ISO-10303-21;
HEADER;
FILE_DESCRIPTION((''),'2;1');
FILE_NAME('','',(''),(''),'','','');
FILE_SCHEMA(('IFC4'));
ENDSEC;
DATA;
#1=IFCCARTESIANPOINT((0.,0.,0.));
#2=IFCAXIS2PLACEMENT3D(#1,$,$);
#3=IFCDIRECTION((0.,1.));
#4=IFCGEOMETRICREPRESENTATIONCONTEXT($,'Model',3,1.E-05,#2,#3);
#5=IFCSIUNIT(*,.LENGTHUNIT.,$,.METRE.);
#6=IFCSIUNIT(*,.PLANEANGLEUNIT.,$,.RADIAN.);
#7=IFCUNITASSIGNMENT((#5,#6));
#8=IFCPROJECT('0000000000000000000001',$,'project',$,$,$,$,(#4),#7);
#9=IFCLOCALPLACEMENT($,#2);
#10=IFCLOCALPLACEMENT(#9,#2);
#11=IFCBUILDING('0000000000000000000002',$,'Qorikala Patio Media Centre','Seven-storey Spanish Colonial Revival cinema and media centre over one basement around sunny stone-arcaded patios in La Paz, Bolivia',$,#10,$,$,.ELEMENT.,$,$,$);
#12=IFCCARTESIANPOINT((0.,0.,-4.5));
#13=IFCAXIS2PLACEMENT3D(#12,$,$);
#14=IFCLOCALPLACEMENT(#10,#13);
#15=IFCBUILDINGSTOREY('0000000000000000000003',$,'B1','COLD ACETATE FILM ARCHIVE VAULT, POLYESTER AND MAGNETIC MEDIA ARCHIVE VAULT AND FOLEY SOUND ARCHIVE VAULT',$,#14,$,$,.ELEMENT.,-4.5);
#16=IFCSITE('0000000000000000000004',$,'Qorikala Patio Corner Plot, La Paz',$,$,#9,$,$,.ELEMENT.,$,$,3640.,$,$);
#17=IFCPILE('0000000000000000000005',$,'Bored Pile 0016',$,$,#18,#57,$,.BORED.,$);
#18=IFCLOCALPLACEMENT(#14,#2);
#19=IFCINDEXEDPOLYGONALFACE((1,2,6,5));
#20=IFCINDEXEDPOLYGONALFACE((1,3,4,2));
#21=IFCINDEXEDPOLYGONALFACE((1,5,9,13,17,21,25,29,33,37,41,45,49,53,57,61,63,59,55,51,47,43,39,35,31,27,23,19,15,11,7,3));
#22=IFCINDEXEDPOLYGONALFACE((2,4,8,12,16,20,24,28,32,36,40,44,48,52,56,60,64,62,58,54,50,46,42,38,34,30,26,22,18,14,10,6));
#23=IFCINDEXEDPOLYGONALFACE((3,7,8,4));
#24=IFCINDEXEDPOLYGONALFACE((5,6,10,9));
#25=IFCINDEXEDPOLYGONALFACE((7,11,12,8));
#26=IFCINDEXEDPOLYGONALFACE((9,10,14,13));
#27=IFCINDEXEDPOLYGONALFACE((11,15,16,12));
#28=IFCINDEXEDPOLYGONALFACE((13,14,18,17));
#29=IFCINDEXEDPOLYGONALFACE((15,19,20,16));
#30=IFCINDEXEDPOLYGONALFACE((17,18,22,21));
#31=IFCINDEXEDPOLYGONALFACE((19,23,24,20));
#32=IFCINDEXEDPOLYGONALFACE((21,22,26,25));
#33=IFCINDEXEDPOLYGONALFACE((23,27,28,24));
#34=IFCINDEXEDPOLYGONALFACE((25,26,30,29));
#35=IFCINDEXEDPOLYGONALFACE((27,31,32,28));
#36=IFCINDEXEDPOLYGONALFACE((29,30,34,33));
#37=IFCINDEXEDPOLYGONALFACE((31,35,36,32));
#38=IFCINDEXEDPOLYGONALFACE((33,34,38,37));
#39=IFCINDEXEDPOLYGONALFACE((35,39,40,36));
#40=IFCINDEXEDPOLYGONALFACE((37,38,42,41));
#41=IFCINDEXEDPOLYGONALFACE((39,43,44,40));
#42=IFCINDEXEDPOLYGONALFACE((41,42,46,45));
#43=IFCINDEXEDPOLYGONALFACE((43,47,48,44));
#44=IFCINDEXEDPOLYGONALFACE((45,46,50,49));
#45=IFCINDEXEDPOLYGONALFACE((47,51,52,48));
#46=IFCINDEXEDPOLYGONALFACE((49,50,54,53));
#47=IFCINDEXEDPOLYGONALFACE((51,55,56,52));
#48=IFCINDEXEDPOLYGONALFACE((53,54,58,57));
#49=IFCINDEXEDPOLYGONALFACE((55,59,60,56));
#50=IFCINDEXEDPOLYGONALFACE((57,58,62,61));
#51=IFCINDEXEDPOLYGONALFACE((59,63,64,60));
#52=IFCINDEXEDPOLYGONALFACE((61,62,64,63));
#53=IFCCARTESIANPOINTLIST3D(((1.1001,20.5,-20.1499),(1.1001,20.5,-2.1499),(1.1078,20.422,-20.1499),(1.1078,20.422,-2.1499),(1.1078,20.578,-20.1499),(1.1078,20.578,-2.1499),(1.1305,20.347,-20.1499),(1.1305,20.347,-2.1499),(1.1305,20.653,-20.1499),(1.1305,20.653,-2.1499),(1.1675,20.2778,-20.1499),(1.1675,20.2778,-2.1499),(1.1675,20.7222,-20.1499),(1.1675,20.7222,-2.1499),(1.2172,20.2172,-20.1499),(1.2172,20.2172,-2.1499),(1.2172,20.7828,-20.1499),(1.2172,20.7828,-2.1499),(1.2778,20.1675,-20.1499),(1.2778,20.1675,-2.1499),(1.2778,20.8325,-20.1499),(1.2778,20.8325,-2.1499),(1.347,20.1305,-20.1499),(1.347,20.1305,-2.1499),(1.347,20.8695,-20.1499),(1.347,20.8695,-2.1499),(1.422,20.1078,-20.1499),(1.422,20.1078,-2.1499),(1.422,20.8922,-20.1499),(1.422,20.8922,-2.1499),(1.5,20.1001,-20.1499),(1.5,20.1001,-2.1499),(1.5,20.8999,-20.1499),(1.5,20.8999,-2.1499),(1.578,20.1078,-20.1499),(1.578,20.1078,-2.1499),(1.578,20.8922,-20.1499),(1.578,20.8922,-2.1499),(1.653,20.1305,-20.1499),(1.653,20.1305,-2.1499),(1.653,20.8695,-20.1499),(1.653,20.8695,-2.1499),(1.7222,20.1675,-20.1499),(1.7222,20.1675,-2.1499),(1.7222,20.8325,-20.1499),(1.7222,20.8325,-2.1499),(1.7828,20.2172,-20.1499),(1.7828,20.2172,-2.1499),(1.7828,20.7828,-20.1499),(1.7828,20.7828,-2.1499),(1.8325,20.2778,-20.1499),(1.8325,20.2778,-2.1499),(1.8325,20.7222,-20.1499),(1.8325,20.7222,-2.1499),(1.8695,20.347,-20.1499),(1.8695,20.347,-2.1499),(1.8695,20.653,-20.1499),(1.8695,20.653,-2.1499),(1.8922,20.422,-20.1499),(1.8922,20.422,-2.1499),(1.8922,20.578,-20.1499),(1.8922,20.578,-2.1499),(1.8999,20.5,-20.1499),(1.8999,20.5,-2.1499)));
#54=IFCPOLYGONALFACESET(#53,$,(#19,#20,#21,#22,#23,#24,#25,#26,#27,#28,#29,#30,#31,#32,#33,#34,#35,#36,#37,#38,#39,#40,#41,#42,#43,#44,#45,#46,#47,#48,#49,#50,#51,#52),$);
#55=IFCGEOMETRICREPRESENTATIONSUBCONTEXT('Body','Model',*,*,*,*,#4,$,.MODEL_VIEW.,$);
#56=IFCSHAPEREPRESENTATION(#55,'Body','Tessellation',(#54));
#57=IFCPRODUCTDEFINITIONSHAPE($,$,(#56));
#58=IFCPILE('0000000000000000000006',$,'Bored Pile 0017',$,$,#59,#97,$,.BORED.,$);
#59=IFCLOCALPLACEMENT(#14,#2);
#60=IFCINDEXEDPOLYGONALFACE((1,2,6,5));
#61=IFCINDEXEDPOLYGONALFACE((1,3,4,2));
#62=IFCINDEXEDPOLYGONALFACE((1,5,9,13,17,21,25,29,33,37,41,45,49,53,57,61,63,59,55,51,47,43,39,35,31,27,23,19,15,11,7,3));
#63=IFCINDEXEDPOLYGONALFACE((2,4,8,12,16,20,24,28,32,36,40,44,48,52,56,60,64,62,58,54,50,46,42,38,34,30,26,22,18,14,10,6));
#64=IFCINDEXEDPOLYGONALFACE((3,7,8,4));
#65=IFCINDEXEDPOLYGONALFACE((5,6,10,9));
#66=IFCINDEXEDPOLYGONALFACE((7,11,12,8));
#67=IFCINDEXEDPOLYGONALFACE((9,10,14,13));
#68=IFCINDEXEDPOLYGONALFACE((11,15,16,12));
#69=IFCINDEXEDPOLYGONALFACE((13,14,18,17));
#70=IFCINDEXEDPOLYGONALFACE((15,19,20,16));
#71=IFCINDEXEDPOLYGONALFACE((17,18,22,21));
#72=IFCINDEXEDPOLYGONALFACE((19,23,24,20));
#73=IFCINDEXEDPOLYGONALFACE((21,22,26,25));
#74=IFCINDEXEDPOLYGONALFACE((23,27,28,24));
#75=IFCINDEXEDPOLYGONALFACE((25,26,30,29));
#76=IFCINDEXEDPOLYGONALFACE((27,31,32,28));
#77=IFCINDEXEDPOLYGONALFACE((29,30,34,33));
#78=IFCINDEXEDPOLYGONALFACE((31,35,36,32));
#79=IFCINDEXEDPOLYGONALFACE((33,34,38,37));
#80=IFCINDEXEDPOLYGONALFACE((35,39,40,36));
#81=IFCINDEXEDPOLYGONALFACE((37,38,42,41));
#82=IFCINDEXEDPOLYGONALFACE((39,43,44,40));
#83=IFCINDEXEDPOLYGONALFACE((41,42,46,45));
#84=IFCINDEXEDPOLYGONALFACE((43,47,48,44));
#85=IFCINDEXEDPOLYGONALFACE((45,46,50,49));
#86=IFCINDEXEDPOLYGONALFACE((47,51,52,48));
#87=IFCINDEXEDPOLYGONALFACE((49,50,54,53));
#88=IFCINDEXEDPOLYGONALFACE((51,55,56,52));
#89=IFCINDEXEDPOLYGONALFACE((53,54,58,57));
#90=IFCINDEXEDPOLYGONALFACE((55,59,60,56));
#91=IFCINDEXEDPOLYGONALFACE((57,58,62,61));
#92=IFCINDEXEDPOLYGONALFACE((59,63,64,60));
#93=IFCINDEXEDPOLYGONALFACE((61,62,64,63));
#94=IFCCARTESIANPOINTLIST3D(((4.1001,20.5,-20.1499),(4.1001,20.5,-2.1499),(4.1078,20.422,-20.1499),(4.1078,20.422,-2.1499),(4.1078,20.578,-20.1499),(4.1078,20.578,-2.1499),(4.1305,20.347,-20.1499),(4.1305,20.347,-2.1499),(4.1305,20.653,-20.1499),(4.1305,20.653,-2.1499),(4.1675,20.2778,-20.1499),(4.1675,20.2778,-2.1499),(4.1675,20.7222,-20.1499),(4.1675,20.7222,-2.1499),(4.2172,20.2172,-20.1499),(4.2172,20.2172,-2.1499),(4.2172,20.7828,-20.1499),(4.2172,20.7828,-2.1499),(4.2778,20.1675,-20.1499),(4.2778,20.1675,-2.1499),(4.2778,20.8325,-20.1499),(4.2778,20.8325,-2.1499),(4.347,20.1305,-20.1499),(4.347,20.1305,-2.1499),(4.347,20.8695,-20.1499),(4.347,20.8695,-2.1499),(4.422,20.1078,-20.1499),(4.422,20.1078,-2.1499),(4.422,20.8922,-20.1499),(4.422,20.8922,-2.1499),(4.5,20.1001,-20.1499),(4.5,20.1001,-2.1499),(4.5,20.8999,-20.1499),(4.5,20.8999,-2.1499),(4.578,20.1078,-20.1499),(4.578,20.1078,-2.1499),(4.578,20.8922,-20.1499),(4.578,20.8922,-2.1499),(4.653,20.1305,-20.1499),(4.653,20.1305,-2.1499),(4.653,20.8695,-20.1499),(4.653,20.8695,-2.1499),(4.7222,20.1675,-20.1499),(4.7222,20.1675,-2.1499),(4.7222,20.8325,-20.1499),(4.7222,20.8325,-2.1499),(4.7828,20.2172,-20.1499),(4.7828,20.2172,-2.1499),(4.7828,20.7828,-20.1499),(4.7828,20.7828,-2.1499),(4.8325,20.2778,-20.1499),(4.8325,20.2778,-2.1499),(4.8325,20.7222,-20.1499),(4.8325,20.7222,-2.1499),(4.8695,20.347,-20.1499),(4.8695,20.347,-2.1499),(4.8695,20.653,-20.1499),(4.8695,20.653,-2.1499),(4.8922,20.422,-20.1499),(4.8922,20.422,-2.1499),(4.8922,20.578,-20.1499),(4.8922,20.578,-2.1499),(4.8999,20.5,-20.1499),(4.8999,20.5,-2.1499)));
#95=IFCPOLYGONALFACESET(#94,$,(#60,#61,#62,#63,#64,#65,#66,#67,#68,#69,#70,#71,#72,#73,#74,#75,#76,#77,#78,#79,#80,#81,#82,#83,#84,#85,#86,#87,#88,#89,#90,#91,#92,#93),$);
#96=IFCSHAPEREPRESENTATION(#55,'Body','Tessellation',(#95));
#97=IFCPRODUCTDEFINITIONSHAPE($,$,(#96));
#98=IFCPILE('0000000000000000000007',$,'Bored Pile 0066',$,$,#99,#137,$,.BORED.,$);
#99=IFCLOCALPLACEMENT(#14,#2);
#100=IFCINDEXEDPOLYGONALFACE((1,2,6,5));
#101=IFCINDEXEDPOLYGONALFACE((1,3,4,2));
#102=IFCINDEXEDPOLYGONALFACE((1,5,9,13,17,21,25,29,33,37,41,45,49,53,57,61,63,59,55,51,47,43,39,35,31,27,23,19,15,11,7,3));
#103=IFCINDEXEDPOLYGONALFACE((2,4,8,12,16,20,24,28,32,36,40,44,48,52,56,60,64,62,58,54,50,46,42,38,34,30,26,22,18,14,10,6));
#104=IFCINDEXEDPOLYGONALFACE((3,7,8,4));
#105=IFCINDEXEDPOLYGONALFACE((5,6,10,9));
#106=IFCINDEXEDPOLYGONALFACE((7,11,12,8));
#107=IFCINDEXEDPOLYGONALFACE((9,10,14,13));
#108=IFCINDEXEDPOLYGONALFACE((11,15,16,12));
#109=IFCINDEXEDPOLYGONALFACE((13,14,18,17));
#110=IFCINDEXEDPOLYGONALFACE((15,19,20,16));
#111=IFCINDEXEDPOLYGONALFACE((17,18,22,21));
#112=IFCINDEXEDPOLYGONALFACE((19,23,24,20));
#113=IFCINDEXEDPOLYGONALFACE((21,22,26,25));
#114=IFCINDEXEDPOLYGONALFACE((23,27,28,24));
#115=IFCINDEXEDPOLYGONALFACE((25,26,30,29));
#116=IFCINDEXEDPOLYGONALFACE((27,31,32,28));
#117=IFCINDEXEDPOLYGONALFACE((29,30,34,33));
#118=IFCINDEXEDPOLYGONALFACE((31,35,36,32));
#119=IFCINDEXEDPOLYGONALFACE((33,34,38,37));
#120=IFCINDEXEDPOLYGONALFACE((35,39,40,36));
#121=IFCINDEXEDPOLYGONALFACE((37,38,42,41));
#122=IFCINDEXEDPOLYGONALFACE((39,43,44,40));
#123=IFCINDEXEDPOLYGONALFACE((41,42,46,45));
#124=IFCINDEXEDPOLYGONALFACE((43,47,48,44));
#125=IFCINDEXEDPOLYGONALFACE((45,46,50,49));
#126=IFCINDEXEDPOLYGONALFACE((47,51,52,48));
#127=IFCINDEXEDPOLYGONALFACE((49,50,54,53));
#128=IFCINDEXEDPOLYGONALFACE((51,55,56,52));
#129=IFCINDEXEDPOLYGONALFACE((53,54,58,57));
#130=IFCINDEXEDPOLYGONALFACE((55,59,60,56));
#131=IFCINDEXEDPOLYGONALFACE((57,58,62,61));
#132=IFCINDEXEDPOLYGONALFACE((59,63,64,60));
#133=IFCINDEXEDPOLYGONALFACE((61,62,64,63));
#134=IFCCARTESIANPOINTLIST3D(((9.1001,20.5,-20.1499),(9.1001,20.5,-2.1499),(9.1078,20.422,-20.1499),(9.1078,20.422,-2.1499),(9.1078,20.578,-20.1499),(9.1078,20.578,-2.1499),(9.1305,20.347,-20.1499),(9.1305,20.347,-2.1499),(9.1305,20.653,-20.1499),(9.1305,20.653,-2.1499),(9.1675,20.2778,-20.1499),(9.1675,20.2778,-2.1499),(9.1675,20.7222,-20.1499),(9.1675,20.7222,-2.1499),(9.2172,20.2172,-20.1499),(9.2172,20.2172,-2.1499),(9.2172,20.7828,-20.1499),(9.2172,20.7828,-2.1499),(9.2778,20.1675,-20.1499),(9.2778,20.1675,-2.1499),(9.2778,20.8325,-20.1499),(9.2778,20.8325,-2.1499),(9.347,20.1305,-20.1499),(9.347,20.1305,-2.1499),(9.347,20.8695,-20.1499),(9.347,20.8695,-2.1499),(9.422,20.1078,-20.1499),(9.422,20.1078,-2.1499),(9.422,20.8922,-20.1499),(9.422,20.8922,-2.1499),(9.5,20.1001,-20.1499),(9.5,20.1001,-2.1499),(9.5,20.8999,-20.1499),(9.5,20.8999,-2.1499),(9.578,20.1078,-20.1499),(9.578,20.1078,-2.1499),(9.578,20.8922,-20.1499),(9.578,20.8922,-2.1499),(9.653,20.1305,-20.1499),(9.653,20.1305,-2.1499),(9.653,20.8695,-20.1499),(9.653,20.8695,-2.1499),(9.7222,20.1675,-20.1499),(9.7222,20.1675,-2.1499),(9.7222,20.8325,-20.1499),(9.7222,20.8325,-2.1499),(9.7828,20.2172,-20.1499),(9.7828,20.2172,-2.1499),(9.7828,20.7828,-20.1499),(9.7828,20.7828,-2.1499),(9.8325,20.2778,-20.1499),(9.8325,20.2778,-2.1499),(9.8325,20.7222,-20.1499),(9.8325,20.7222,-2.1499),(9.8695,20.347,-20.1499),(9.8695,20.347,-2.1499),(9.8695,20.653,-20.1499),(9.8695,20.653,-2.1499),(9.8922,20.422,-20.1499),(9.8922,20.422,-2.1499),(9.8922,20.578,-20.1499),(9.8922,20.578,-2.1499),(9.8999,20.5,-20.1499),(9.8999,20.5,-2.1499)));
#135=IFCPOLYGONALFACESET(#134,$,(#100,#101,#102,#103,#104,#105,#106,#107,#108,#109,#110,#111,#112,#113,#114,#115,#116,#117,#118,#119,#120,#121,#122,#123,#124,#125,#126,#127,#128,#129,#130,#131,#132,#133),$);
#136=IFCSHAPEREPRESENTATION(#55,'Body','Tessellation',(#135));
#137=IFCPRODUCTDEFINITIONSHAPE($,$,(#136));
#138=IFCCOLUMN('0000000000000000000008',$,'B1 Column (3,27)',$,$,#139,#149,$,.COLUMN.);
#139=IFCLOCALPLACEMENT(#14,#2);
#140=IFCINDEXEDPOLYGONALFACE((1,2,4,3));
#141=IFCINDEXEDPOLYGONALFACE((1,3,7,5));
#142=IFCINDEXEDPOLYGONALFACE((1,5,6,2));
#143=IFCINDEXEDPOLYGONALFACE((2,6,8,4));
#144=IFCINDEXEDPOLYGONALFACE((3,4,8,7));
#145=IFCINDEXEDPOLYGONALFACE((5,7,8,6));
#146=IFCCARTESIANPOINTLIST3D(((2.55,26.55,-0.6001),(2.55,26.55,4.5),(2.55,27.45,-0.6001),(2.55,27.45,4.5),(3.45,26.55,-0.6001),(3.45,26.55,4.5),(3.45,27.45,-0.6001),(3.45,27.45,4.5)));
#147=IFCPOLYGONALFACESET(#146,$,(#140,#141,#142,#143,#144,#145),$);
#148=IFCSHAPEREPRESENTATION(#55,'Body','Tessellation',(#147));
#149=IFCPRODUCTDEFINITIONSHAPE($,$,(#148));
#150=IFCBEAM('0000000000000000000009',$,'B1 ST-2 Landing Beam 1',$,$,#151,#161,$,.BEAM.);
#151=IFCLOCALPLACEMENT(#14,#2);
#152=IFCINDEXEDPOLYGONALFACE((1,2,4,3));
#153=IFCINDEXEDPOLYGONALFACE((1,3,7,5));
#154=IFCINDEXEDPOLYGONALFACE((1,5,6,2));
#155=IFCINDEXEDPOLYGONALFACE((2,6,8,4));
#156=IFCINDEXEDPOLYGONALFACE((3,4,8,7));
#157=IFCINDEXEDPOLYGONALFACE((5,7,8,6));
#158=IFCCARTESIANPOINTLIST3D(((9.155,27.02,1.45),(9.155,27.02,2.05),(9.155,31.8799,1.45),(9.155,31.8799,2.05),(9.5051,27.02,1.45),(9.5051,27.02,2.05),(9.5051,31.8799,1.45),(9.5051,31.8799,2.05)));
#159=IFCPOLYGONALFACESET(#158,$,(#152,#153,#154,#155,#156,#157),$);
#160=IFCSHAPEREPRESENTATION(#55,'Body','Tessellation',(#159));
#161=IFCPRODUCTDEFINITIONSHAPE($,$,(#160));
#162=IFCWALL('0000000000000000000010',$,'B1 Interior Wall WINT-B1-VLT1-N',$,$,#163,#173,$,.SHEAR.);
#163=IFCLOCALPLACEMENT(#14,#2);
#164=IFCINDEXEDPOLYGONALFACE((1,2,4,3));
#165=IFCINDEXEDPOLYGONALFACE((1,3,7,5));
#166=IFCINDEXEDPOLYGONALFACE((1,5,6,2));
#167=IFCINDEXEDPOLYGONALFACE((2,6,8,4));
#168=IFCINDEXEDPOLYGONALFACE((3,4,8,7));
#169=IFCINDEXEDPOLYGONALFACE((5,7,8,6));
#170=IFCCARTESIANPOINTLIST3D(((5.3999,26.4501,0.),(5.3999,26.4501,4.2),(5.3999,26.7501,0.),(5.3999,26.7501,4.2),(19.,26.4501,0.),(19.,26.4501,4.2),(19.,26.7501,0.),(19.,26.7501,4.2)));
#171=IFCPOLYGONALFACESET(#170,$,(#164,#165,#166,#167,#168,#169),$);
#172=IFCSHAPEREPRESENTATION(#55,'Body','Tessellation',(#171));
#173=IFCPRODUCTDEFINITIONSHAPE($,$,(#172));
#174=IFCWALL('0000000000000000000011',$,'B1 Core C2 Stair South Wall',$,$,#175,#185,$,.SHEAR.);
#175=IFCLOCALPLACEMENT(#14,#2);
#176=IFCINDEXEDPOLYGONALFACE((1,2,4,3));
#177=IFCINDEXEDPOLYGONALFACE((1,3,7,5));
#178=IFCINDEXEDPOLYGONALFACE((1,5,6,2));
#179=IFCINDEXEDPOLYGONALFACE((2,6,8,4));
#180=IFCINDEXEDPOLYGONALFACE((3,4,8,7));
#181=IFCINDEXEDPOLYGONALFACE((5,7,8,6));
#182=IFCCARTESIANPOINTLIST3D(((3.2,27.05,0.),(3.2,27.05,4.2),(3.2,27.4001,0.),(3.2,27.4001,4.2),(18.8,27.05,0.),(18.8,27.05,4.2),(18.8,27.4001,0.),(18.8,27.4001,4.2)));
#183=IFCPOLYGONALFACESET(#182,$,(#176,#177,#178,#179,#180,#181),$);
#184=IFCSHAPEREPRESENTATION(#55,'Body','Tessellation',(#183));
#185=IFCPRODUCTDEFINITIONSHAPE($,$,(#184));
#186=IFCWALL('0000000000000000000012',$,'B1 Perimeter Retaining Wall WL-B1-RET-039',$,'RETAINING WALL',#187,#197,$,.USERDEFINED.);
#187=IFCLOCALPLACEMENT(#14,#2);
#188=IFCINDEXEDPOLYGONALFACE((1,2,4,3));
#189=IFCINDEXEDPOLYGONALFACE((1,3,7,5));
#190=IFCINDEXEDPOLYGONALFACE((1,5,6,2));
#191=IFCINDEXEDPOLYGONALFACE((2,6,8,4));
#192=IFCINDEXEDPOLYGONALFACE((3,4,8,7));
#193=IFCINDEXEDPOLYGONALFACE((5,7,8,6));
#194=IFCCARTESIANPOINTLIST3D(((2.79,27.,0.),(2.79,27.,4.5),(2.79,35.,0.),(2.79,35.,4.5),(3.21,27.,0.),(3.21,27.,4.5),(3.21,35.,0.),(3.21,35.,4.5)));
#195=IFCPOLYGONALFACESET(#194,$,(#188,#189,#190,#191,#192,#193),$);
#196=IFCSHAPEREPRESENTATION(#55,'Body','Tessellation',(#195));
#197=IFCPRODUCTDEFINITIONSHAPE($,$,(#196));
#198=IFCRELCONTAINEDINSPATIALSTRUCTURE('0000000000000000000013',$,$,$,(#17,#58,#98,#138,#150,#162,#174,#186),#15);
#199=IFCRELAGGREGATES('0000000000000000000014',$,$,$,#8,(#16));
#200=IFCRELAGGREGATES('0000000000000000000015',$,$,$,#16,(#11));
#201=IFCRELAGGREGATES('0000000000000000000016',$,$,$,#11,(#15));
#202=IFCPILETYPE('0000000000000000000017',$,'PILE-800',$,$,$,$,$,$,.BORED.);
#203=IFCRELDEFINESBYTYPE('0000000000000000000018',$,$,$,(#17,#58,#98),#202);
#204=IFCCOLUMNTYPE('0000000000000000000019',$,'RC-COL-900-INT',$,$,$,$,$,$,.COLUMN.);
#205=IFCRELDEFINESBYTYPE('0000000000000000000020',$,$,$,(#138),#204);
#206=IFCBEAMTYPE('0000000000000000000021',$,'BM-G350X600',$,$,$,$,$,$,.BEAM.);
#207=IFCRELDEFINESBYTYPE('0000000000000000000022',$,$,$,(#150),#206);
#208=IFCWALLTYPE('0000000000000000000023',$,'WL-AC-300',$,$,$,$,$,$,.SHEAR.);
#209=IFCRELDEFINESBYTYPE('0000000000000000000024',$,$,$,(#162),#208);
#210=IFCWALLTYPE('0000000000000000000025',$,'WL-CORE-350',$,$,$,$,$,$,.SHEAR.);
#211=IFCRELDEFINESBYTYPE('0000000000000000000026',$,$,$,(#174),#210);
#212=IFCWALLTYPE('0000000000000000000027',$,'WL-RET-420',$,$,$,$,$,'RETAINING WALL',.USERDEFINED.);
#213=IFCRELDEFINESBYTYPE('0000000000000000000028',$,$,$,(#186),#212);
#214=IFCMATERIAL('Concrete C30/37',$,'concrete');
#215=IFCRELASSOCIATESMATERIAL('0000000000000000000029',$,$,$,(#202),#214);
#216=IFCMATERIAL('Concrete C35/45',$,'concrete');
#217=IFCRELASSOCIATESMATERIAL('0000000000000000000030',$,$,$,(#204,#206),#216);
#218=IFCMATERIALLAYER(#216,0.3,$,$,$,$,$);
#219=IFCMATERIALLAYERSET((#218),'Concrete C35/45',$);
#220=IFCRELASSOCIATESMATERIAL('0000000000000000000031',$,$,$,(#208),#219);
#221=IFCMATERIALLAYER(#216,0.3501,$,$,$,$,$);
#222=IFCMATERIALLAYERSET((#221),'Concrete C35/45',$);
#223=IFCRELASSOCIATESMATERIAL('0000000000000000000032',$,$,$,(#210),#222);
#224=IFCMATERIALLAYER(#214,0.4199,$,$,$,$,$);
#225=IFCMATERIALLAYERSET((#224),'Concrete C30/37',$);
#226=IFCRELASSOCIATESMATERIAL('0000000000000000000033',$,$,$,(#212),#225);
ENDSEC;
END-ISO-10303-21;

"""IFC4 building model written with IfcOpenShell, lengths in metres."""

from ifc_helpers import new_model, si_unit, direction, frame, frame_2d, origin, origin_2d, place, context, subcontext, project, spatial, rectangle, circle, extrude, material, layer, layer_set, material_profile, profile_set, type_object, element, save


model = new_model("IFC4")

# Units and contexts
model_context = context("Model", 3, precision=1e-05, world=origin(), true_north=direction((0.0, 1.0)))
body_context = subcontext(model_context, "Body", "Model", "MODEL_VIEW")
ifc_project = project(units=[si_unit("LENGTHUNIT", "METRE"), si_unit("PLANEANGLEUNIT", "RADIAN")], contexts=[model_context])

# Site, building, storey
site_placement = place(None, origin())
site = spatial("IfcSite", under=ifc_project, at=site_placement, Name="Qorikala Patio Corner Plot, La Paz", CompositionType="ELEMENT", RefElevation=3640.0)
building_placement = place(site_placement, origin())
building = spatial("IfcBuilding", under=site, at=building_placement, Name="Qorikala Patio Media Centre", Description="Seven-storey Spanish Colonial Revival cinema and media centre over one basement around sunny stone-arcaded patios in La Paz, Bolivia", CompositionType="ELEMENT")
storey_placement = place(building_placement, frame((0.0, 0.0, -4.5)))
storey = spatial("IfcBuildingStorey", under=building, at=storey_placement, Name="B1", Description="COLD ACETATE FILM ARCHIVE VAULT, POLYESTER AND MAGNETIC MEDIA ARCHIVE VAULT AND FOLEY SOUND ARCHIVE VAULT", CompositionType="ELEMENT", Elevation=-4.5)

# Shared definitions
ifc_material_1 = material(Name="Concrete C30/37", Category="concrete")

# Piles
ifc_material_profile_1 = material_profile(ifc_material_1, circle(Radius=0.3999, at=origin_2d()), Name="BORED PILE 800")
ifc_profile_set_1 = profile_set([ifc_material_profile_1], Name="Concrete C30/37")
pile_type_1 = type_object("IfcPileType", Name="PILE-800", PredefinedType="BORED", material=ifc_profile_set_1)
for number, where, z_axis, x_axis, name in (
    (1, (1.5, 20.5, -2.1499), (0.0, 0.0, -1.0), (1.0, 0.0, 0.0), "Bored Pile 0016"),
    (2, (4.5, 20.5, -2.1499), (0.0, 0.0, -1.0), (1.0, 0.0, 0.0), "Bored Pile 0017"),
    (3, (9.5, 20.5, -2.1499), (0.0, 0.0, -1.0), (1.0, 0.0, 0.0), "Bored Pile 0066"),
):
    element("IfcPile", number, at=place(storey_placement, frame(where, z_axis=z_axis, x_axis=x_axis)), inside=storey, type_object=pile_type_1, Name=name, PredefinedType="BORED", context=body_context, shape_type="SweptSolid", body=[
        extrude(circle(Radius=0.3999, at=origin_2d()), origin(), (0.0, 0.0, 1.0), 18.0),
    ])

# Column
ifc_material_2 = material(Name="Concrete C35/45", Category="concrete")
ifc_material_profile_2 = material_profile(ifc_material_2, rectangle(XDim=0.8999, YDim=0.8999, at=origin_2d()), Name="RC 900x900")
ifc_profile_set_2 = profile_set([ifc_material_profile_2], Name="Concrete C35/45")
column_type = type_object("IfcColumnType", Name="RC-COL-900-INT", PredefinedType="COLUMN", material=ifc_profile_set_2)
column_placement = place(storey_placement, frame((3.0, 27.0, -0.6001), z_axis=(0.0, 0.0, 1.0), x_axis=(1.0, 0.0, 0.0)))
element("IfcColumn", 4, at=column_placement, inside=storey, type_object=column_type, Name="B1 Column (3,27)", PredefinedType="COLUMN", context=body_context, shape_type="SweptSolid", body=[
    extrude(rectangle(XDim=0.8999, YDim=0.8999, at=origin_2d()), origin(), (0.0, 0.0, 1.0), 5.1001),
])

# Beam
ifc_material_profile_3 = material_profile(ifc_material_2, rectangle(XDim=0.3501, YDim=0.6001, at=origin_2d()), Name="RC 350x600")
ifc_profile_set_3 = profile_set([ifc_material_profile_3], Name="Concrete C35/45")
beam_type = type_object("IfcBeamType", Name="BM-G350X600", PredefinedType="BEAM", material=ifc_profile_set_3)
beam_placement = place(storey_placement, frame((9.3301, 27.02, 1.75), z_axis=(0.0, 1.0, 0.0), x_axis=(-1.0, 0.0, 0.0)))
element("IfcBeam", 5, at=beam_placement, inside=storey, type_object=beam_type, Name="B1 ST-2 Landing Beam 1", PredefinedType="BEAM", context=body_context, shape_type="SweptSolid", body=[
    extrude(rectangle(XDim=0.3501, YDim=0.6001, at=origin_2d()), origin(), (0.0, 0.0, 1.0), 4.8599),
])

# Walls
ifc_layer_1 = layer(ifc_material_2, 0.3)
ifc_layer_set_1 = layer_set([ifc_layer_1], Name="Concrete C35/45")
wall_type_1 = type_object("IfcWallType", Name="WL-AC-300", PredefinedType="SHEAR", material=ifc_layer_set_1)
wall_1_placement = place(storey_placement, frame((5.3999, 26.6001, 0.0), z_axis=(0.0, 0.0, 1.0), x_axis=(1.0, 0.0, 0.0)))
element("IfcWall", 6, at=wall_1_placement, inside=storey, type_object=wall_type_1, Name="B1 Interior Wall WINT-B1-VLT1-N", PredefinedType="SHEAR", context=body_context, shape_type="SweptSolid", body=[
    extrude(rectangle(XDim=13.6001, YDim=0.3, at=frame_2d((6.8, 0.0))), origin(), (0.0, 0.0, 1.0), 4.2),
])
ifc_layer_2 = layer(ifc_material_2, 0.3501)
ifc_layer_set_2 = layer_set([ifc_layer_2], Name="Concrete C35/45")
wall_type_2 = type_object("IfcWallType", Name="WL-CORE-350", PredefinedType="SHEAR", material=ifc_layer_set_2)
wall_2_placement = place(storey_placement, frame((3.2, 27.2251, 0.0), z_axis=(0.0, 0.0, 1.0), x_axis=(1.0, 0.0, 0.0)))
element("IfcWall", 7, at=wall_2_placement, inside=storey, type_object=wall_type_2, Name="B1 Core C2 Stair South Wall", PredefinedType="SHEAR", context=body_context, shape_type="SweptSolid", body=[
    extrude(rectangle(XDim=15.6001, YDim=0.3501, at=frame_2d((7.8, 0.0))), origin(), (0.0, 0.0, 1.0), 4.2),
])
ifc_layer_3 = layer(ifc_material_1, 0.4199)
ifc_layer_set_3 = layer_set([ifc_layer_3], Name="Concrete C30/37")
wall_type_3 = type_object("IfcWallType", Name="WL-RET-420", ElementType="RETAINING WALL", PredefinedType="USERDEFINED", material=ifc_layer_set_3)
wall_3_placement = place(storey_placement, frame((3.0, 27.0, 0.0), z_axis=(0.0, 0.0, 1.0), x_axis=(0.0, 1.0, 0.0)))
element("IfcWall", 8, at=wall_3_placement, inside=storey, type_object=wall_type_3, Name="B1 Perimeter Retaining Wall WL-B1-RET-039", ObjectType="RETAINING WALL", PredefinedType="USERDEFINED", context=body_context, shape_type="SweptSolid", body=[
    extrude(rectangle(XDim=8.0, YDim=0.4199, at=frame_2d((4.0, 0.0))), origin(), (0.0, 0.0, 1.0), 4.5),
])

save(model, "model.ifc")
